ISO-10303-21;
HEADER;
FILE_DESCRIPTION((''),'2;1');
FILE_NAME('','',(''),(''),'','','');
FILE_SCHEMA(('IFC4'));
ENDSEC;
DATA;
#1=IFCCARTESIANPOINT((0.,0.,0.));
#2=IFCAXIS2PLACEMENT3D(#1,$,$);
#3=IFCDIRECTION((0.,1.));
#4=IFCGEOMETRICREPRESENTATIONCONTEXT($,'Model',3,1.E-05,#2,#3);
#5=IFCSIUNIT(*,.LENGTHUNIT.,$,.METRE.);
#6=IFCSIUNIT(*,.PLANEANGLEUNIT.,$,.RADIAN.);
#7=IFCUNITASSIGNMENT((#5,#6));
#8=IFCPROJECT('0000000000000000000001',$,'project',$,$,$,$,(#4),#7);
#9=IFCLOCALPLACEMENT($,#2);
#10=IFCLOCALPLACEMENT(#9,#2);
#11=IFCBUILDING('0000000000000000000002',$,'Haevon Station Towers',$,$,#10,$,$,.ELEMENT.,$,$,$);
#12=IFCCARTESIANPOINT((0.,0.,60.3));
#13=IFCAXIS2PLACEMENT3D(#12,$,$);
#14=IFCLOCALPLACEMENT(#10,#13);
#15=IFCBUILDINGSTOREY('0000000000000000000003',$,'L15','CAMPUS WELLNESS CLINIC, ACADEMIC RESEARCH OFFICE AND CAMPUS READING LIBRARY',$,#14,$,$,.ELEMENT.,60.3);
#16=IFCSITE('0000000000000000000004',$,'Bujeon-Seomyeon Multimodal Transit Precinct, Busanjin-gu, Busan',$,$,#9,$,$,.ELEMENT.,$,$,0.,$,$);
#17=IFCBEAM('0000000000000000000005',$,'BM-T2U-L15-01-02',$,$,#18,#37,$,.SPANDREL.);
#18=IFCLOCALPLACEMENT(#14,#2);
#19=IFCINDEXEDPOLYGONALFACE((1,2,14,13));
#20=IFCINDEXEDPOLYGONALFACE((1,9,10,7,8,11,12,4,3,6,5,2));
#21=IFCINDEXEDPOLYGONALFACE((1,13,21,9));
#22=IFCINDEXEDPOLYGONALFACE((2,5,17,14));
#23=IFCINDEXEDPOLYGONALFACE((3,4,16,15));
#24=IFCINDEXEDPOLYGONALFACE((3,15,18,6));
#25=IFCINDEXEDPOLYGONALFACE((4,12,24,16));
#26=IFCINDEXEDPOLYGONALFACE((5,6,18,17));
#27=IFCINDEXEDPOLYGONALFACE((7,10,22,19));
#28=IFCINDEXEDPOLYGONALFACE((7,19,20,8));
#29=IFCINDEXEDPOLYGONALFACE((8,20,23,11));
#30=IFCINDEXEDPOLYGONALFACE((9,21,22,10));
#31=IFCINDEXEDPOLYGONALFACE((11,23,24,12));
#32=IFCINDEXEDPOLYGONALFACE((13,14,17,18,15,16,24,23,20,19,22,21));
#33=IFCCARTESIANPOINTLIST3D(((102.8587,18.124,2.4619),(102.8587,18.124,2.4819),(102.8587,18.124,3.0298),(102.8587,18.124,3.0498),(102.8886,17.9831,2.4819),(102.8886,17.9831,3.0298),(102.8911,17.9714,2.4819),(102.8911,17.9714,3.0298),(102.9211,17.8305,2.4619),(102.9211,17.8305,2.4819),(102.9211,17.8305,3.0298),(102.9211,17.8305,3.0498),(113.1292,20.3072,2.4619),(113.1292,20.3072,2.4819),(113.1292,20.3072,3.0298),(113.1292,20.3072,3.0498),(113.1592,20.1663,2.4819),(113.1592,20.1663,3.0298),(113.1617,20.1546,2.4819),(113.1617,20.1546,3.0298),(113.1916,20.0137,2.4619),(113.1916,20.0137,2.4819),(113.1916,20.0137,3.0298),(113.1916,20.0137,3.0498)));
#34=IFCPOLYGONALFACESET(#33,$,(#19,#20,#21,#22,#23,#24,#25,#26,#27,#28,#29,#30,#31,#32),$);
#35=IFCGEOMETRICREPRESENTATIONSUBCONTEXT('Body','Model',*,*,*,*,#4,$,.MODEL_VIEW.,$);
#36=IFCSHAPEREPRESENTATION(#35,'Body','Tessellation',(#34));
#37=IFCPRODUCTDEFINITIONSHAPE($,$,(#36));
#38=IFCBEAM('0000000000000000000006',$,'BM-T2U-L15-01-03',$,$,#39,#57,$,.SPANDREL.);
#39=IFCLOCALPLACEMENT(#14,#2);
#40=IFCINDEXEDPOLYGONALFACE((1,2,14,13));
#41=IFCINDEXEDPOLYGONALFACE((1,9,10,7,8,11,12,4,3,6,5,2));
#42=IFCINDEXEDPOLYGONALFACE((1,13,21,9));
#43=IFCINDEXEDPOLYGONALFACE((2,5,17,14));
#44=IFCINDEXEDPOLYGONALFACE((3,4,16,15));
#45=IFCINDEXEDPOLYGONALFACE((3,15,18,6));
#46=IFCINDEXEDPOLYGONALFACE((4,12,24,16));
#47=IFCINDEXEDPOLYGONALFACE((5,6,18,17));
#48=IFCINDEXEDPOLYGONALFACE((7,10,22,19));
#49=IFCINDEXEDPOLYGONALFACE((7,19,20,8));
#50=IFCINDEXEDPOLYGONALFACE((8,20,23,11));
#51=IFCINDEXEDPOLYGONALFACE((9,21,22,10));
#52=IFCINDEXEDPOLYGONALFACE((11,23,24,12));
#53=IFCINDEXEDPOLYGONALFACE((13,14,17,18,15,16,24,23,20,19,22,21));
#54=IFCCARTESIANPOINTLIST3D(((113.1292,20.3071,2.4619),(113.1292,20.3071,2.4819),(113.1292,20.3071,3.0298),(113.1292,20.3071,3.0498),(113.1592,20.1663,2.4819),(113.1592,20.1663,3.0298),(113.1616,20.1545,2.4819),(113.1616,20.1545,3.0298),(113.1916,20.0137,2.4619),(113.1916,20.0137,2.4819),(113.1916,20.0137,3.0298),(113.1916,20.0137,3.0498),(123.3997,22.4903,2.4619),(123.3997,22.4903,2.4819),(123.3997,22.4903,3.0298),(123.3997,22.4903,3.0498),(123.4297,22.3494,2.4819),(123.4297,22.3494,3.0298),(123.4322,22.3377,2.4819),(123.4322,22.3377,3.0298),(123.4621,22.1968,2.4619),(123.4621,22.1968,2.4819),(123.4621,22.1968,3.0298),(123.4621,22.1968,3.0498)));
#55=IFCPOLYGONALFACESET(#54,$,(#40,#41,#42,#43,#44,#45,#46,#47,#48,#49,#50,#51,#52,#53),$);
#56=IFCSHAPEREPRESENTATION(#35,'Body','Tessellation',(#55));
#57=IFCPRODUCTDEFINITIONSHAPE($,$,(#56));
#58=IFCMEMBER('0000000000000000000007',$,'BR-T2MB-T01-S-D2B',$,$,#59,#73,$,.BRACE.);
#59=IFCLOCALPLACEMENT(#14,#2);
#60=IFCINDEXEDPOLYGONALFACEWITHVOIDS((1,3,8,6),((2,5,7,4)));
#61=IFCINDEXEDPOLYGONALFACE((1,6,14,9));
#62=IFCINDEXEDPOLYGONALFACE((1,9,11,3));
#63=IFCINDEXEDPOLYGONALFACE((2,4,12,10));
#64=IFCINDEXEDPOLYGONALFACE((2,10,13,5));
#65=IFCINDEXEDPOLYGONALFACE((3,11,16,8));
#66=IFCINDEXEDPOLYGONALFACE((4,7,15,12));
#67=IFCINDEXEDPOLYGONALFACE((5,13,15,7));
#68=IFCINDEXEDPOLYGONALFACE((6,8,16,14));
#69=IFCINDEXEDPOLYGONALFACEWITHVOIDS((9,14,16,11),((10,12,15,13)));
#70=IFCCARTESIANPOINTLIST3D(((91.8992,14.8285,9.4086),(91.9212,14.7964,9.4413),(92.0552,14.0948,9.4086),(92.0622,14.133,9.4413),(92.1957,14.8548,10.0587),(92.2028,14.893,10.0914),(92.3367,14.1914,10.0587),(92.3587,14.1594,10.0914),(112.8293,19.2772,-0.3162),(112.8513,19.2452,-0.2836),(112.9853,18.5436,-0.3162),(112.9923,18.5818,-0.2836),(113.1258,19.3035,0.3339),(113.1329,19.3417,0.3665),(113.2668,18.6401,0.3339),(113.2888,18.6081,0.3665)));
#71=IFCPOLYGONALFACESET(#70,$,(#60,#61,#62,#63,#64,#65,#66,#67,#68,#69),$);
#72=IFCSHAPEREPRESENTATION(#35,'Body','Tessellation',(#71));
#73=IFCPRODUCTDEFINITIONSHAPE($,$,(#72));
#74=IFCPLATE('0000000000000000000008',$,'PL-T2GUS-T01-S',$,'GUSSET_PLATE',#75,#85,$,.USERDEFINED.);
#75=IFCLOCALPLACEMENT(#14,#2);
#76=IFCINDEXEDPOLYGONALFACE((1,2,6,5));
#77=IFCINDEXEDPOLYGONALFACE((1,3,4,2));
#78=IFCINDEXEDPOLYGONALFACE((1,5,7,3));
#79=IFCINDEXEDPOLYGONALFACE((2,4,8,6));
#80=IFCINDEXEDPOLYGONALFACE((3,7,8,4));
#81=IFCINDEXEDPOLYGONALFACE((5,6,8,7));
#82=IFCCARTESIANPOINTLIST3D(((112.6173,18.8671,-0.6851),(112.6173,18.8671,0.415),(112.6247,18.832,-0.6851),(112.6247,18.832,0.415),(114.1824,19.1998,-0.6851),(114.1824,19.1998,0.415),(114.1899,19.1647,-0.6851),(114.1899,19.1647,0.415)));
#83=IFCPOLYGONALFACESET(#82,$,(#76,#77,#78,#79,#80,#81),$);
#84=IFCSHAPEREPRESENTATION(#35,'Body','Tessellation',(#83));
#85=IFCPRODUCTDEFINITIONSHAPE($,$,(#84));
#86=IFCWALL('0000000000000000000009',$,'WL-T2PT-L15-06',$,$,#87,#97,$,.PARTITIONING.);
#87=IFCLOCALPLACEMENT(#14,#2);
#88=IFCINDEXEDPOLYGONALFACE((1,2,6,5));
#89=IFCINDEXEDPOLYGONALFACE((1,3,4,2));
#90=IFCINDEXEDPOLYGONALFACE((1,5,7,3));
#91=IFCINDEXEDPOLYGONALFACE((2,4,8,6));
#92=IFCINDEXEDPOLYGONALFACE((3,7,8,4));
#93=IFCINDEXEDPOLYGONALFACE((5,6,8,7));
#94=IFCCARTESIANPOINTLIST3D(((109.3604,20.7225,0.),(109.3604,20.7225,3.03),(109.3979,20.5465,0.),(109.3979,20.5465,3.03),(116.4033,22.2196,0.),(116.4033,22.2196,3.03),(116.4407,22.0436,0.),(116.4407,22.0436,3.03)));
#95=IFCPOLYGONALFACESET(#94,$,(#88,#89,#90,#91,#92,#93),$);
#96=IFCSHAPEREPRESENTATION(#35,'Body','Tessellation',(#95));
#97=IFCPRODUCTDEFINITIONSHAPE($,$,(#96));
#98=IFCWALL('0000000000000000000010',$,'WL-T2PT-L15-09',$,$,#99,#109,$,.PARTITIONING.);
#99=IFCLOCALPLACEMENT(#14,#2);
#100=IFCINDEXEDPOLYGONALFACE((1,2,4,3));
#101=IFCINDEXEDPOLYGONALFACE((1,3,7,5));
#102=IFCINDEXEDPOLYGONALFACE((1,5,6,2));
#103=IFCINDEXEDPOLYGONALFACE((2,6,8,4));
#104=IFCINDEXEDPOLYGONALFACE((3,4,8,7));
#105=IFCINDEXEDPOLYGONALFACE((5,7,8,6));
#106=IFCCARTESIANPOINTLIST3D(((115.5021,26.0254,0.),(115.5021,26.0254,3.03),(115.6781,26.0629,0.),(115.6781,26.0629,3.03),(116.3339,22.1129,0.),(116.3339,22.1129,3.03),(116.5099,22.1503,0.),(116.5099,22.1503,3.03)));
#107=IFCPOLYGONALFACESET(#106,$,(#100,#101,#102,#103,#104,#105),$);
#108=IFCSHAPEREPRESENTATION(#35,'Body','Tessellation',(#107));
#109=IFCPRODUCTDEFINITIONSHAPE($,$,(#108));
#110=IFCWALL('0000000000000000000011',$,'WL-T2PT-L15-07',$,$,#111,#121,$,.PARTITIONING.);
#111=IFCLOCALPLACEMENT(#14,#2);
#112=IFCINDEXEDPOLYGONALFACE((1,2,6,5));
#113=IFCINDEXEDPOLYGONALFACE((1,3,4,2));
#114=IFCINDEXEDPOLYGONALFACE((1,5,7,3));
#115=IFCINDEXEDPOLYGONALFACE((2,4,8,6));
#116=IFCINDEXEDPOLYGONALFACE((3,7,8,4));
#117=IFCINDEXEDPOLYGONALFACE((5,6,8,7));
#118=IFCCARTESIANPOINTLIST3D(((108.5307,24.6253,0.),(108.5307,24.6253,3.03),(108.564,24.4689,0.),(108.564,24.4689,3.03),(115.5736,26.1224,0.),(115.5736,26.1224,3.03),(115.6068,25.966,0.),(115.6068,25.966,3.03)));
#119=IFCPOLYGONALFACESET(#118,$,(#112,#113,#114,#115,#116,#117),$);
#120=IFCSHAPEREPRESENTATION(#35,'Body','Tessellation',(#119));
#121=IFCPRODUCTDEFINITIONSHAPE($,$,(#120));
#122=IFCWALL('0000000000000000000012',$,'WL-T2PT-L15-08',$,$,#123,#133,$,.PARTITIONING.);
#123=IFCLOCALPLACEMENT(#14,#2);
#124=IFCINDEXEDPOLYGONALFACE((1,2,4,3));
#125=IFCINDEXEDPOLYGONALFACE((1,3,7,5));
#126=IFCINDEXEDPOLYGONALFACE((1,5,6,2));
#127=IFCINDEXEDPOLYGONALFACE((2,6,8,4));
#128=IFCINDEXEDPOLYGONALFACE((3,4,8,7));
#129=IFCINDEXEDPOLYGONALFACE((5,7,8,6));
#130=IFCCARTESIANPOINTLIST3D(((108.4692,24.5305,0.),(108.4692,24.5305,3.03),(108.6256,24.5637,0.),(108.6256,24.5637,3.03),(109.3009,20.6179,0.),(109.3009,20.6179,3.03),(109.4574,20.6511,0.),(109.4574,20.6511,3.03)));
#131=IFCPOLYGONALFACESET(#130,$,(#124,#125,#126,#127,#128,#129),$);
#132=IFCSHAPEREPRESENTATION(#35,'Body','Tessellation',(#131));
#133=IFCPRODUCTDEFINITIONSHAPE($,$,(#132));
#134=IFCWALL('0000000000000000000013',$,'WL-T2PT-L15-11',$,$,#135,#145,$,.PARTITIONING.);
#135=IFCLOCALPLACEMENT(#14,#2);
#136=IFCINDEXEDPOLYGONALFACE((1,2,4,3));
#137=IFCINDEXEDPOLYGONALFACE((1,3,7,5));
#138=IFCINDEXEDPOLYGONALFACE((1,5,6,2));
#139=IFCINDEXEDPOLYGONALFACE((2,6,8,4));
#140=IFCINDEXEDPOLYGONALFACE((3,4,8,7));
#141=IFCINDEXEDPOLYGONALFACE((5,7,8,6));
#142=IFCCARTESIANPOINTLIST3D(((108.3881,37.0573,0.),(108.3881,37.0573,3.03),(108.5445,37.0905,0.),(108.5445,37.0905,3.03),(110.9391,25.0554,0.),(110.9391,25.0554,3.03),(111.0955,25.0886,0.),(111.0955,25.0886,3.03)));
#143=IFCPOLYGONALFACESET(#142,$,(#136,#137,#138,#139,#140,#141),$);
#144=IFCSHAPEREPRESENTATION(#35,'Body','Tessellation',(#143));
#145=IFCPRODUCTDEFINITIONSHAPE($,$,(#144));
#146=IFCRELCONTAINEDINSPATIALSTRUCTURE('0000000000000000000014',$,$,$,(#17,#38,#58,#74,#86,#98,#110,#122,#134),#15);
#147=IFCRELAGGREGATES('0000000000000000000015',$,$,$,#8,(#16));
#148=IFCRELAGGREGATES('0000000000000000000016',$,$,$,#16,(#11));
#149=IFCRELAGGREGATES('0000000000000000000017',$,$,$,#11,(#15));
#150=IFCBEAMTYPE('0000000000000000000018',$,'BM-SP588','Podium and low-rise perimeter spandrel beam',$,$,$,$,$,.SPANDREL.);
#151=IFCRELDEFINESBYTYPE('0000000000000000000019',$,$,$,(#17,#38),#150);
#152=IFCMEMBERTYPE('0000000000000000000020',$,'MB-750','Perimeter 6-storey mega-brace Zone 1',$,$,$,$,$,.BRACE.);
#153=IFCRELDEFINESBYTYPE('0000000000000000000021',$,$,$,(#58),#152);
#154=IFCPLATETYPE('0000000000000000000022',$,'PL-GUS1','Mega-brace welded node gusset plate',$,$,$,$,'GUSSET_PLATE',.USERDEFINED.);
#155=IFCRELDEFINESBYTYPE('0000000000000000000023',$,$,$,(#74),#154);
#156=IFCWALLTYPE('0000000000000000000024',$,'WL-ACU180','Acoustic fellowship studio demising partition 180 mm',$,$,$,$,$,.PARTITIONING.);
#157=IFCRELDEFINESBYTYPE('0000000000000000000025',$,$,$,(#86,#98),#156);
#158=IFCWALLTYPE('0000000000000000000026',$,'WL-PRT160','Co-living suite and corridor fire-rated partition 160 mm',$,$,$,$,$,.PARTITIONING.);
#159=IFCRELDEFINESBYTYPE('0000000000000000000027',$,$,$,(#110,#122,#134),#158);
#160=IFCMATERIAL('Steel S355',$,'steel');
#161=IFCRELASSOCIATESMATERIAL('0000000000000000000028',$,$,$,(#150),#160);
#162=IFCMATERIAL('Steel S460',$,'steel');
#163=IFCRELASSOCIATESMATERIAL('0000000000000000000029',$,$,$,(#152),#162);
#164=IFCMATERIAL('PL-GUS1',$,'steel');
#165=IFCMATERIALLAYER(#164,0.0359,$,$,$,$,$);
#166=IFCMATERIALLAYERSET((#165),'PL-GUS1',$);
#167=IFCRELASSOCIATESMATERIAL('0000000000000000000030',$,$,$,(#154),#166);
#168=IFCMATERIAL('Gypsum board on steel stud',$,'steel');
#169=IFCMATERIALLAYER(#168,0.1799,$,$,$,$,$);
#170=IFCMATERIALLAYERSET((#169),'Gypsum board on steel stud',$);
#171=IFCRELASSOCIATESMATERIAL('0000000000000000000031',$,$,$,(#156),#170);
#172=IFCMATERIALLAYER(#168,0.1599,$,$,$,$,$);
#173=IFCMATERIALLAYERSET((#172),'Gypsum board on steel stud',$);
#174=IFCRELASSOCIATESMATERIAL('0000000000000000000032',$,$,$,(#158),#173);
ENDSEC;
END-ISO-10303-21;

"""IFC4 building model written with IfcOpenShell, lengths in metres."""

from ifc_helpers import new_model, si_unit, direction, frame, frame_2d, origin, origin_2d, place, context, subcontext, project, spatial, rectangle, hollow_rectangle, i_section, extrude, material, layer, layer_set, material_profile, profile_set, type_object, element, save


model = new_model("IFC4")

# Units and contexts
model_context = context("Model", 3, precision=1e-05, world=origin(), true_north=direction((0.0, 1.0)))
body_context = subcontext(model_context, "Body", "Model", "MODEL_VIEW")
ifc_project = project(units=[si_unit("LENGTHUNIT", "METRE"), si_unit("PLANEANGLEUNIT", "RADIAN")], contexts=[model_context])

# Site, building, storey
site_placement = place(None, origin())
site = spatial("IfcSite", under=ifc_project, at=site_placement, Name="Bujeon-Seomyeon Multimodal Transit Precinct, Busanjin-gu, Busan", CompositionType="ELEMENT", RefElevation=0.0)
building_placement = place(site_placement, origin())
building = spatial("IfcBuilding", under=site, at=building_placement, Name="Haevon Station Towers", CompositionType="ELEMENT")
storey_placement = place(building_placement, frame((0.0, 0.0, 60.3)))
storey = spatial("IfcBuildingStorey", under=building, at=storey_placement, Name="L15", Description="CAMPUS WELLNESS CLINIC, ACADEMIC RESEARCH OFFICE AND CAMPUS READING LIBRARY", CompositionType="ELEMENT", Elevation=60.3)

# Shared definitions
ifc_material_1 = material(Name="Steel S460", Category="steel")

# Beams
ifc_material_2 = material(Name="Steel S355", Category="steel")
ifc_material_profile_1 = material_profile(ifc_material_2, i_section(OverallWidth=0.3, OverallDepth=0.5879, WebThickness=0.012, FlangeThickness=0.02, at=origin_2d()), Name="H-588x300x12x20")
ifc_profile_set_1 = profile_set([ifc_material_profile_1], Name="Steel S355")
beam_type_1 = type_object("IfcBeamType", Name="BM-SP588", Description="Podium and low-rise perimeter spandrel beam", PredefinedType="SPANDREL", material=ifc_profile_set_1)
for number, where, z_axis, x_axis, name in (
    (1, (102.8899, 17.9773, 2.7559), (0.978147, 0.207915, 0.0), (-0.207915, 0.978147, 0.0), "BM-T2U-L15-01-02"),
    (2, (113.1604, 20.1604, 2.7559), (0.978147, 0.207915, 0.0), (-0.207915, 0.978147, 0.0), "BM-T2U-L15-01-03"),
):
    element("IfcBeam", number, at=place(storey_placement, frame(where, z_axis=z_axis, x_axis=x_axis)), inside=storey, type_object=beam_type_1, Name=name, PredefinedType="SPANDREL", context=body_context, shape_type="SweptSolid", body=[
        extrude(i_section(OverallWidth=0.3, OverallDepth=0.5879, WebThickness=0.012, FlangeThickness=0.02, at=origin_2d()), origin(), (0.0, 0.0, 1.0), 10.5),
    ])

# Member
ifc_material_profile_2 = material_profile(ifc_material_1, hollow_rectangle(XDim=0.75, YDim=0.75, WallThickness=0.0359, at=origin_2d()), Name="RHS-750x750x36")
ifc_profile_set_2 = profile_set([ifc_material_profile_2], Name="Steel S460")
member_type = type_object("IfcMemberType", Name="MB-750", Description="Perimeter 6-storey mega-brace Zone 1", PredefinedType="BRACE", material=ifc_profile_set_2)
member_placement = place(storey_placement, frame((113.0591, 18.9426, 0.0251), z_axis=(-0.890496, -0.189276, 0.413754), x_axis=(0.207907, -0.978149, 0.0)))
element("IfcMember", 3, at=member_placement, inside=storey, type_object=member_type, Name="BR-T2MB-T01-S-D2B", PredefinedType="BRACE", context=body_context, shape_type="SweptSolid", body=[
    extrude(hollow_rectangle(XDim=0.75, YDim=0.75, WallThickness=0.0359, at=origin_2d()), origin(), (0.0, 0.0, 1.0), 23.5039),
])

# Plate
ifc_material_3 = material(Name="PL-GUS1", Category="steel")
ifc_layer_1 = layer(ifc_material_3, 0.0359)
ifc_layer_set_1 = layer_set([ifc_layer_1], Name="PL-GUS1")
plate_type = type_object("IfcPlateType", Name="PL-GUS1", Description="Mega-brace welded node gusset plate", ElementType="GUSSET_PLATE", PredefinedType="USERDEFINED", material=ifc_layer_set_1)
plate_placement = place(storey_placement, frame((113.4036, 19.0159, -0.6851), z_axis=(0.0, 0.0, 1.0), x_axis=(0.978148, 0.207912, 0.0)))
element("IfcPlate", 4, at=plate_placement, inside=storey, type_object=plate_type, Name="PL-T2GUS-T01-S", ObjectType="GUSSET_PLATE", PredefinedType="USERDEFINED", context=body_context, shape_type="SweptSolid", body=[
    extrude(rectangle(XDim=1.6001, YDim=0.0359, at=origin_2d()), origin(), (0.0, 0.0, 1.0), 1.1001),
])

# Walls
ifc_material_4 = material(Name="Gypsum board on steel stud", Category="steel")
ifc_layer_2 = layer(ifc_material_4, 0.1799)
ifc_layer_set_2 = layer_set([ifc_layer_2], Name="Gypsum board on steel stud")
wall_type_1 = type_object("IfcWallType", Name="WL-ACU180", Description="Acoustic fellowship studio demising partition 180 mm", PredefinedType="PARTITIONING", material=ifc_layer_set_2)
wall_1_placement = place(storey_placement, frame((109.3792, 20.6345, 0.0), z_axis=(0.0, 0.0, 1.0), x_axis=(0.978145, 0.207924, 0.0)))
element("IfcWall", 5, at=wall_1_placement, inside=storey, type_object=wall_type_1, Name="WL-T2PT-L15-06", PredefinedType="PARTITIONING", context=body_context, shape_type="SweptSolid", body=[
    extrude(rectangle(XDim=7.2002, YDim=0.1799, at=frame_2d((3.6001, 0.0))), origin(), (0.0, 0.0, 1.0), 3.03),
])
wall_2_placement = place(storey_placement, frame((116.4219, 22.1316, 0.0), z_axis=(0.0, 0.0, 1.0), x_axis=(-0.207945, 0.978141, 0.0)))
element("IfcWall", 6, at=wall_2_placement, inside=storey, type_object=wall_type_1, Name="WL-T2PT-L15-09", PredefinedType="PARTITIONING", context=body_context, shape_type="SweptSolid", body=[
    extrude(rectangle(XDim=4.0, YDim=0.1799, at=frame_2d((2.0, 0.0))), origin(), (0.0, 0.0, 1.0), 3.03),
])
ifc_layer_3 = layer(ifc_material_4, 0.1599)
ifc_layer_set_3 = layer_set([ifc_layer_3], Name="Gypsum board on steel stud")
wall_type_2 = type_object("IfcWallType", Name="WL-PRT160", Description="Co-living suite and corridor fire-rated partition 160 mm", PredefinedType="PARTITIONING", material=ifc_layer_set_3)
wall_3_placement = place(storey_placement, frame((108.5474, 24.5471, 0.0), z_axis=(0.0, 0.0, 1.0), x_axis=(0.978145, 0.207924, 0.0)))
element("IfcWall", 7, at=wall_3_placement, inside=storey, type_object=wall_type_2, Name="WL-T2PT-L15-07", PredefinedType="PARTITIONING", context=body_context, shape_type="SweptSolid", body=[
    extrude(rectangle(XDim=7.2002, YDim=0.1599, at=frame_2d((3.6001, 0.0))), origin(), (0.0, 0.0, 1.0), 3.03),
])
wall_4_placement = place(storey_placement, frame((109.3792, 20.6345, 0.0), z_axis=(0.0, 0.0, 1.0), x_axis=(-0.207945, 0.978141, 0.0)))
element("IfcWall", 8, at=wall_4_placement, inside=storey, type_object=wall_type_2, Name="WL-T2PT-L15-08", PredefinedType="PARTITIONING", context=body_context, shape_type="SweptSolid", body=[
    extrude(rectangle(XDim=4.0, YDim=0.1599, at=frame_2d((2.0, 0.0))), origin(), (0.0, 0.0, 1.0), 3.03),
])
wall_5_placement = place(storey_placement, frame((111.0173, 25.072, 0.0), z_axis=(0.0, 0.0, 1.0), x_axis=(-0.207906, 0.978149, 0.0)))
element("IfcWall", 9, at=wall_5_placement, inside=storey, type_object=wall_type_2, Name="WL-T2PT-L15-11", PredefinedType="PARTITIONING", context=body_context, shape_type="SweptSolid", body=[
    extrude(rectangle(XDim=12.27, YDim=0.1599, at=frame_2d((6.135, 0.0))), origin(), (0.0, 0.0, 1.0), 3.03),
])

save(model, "model.ifc")
